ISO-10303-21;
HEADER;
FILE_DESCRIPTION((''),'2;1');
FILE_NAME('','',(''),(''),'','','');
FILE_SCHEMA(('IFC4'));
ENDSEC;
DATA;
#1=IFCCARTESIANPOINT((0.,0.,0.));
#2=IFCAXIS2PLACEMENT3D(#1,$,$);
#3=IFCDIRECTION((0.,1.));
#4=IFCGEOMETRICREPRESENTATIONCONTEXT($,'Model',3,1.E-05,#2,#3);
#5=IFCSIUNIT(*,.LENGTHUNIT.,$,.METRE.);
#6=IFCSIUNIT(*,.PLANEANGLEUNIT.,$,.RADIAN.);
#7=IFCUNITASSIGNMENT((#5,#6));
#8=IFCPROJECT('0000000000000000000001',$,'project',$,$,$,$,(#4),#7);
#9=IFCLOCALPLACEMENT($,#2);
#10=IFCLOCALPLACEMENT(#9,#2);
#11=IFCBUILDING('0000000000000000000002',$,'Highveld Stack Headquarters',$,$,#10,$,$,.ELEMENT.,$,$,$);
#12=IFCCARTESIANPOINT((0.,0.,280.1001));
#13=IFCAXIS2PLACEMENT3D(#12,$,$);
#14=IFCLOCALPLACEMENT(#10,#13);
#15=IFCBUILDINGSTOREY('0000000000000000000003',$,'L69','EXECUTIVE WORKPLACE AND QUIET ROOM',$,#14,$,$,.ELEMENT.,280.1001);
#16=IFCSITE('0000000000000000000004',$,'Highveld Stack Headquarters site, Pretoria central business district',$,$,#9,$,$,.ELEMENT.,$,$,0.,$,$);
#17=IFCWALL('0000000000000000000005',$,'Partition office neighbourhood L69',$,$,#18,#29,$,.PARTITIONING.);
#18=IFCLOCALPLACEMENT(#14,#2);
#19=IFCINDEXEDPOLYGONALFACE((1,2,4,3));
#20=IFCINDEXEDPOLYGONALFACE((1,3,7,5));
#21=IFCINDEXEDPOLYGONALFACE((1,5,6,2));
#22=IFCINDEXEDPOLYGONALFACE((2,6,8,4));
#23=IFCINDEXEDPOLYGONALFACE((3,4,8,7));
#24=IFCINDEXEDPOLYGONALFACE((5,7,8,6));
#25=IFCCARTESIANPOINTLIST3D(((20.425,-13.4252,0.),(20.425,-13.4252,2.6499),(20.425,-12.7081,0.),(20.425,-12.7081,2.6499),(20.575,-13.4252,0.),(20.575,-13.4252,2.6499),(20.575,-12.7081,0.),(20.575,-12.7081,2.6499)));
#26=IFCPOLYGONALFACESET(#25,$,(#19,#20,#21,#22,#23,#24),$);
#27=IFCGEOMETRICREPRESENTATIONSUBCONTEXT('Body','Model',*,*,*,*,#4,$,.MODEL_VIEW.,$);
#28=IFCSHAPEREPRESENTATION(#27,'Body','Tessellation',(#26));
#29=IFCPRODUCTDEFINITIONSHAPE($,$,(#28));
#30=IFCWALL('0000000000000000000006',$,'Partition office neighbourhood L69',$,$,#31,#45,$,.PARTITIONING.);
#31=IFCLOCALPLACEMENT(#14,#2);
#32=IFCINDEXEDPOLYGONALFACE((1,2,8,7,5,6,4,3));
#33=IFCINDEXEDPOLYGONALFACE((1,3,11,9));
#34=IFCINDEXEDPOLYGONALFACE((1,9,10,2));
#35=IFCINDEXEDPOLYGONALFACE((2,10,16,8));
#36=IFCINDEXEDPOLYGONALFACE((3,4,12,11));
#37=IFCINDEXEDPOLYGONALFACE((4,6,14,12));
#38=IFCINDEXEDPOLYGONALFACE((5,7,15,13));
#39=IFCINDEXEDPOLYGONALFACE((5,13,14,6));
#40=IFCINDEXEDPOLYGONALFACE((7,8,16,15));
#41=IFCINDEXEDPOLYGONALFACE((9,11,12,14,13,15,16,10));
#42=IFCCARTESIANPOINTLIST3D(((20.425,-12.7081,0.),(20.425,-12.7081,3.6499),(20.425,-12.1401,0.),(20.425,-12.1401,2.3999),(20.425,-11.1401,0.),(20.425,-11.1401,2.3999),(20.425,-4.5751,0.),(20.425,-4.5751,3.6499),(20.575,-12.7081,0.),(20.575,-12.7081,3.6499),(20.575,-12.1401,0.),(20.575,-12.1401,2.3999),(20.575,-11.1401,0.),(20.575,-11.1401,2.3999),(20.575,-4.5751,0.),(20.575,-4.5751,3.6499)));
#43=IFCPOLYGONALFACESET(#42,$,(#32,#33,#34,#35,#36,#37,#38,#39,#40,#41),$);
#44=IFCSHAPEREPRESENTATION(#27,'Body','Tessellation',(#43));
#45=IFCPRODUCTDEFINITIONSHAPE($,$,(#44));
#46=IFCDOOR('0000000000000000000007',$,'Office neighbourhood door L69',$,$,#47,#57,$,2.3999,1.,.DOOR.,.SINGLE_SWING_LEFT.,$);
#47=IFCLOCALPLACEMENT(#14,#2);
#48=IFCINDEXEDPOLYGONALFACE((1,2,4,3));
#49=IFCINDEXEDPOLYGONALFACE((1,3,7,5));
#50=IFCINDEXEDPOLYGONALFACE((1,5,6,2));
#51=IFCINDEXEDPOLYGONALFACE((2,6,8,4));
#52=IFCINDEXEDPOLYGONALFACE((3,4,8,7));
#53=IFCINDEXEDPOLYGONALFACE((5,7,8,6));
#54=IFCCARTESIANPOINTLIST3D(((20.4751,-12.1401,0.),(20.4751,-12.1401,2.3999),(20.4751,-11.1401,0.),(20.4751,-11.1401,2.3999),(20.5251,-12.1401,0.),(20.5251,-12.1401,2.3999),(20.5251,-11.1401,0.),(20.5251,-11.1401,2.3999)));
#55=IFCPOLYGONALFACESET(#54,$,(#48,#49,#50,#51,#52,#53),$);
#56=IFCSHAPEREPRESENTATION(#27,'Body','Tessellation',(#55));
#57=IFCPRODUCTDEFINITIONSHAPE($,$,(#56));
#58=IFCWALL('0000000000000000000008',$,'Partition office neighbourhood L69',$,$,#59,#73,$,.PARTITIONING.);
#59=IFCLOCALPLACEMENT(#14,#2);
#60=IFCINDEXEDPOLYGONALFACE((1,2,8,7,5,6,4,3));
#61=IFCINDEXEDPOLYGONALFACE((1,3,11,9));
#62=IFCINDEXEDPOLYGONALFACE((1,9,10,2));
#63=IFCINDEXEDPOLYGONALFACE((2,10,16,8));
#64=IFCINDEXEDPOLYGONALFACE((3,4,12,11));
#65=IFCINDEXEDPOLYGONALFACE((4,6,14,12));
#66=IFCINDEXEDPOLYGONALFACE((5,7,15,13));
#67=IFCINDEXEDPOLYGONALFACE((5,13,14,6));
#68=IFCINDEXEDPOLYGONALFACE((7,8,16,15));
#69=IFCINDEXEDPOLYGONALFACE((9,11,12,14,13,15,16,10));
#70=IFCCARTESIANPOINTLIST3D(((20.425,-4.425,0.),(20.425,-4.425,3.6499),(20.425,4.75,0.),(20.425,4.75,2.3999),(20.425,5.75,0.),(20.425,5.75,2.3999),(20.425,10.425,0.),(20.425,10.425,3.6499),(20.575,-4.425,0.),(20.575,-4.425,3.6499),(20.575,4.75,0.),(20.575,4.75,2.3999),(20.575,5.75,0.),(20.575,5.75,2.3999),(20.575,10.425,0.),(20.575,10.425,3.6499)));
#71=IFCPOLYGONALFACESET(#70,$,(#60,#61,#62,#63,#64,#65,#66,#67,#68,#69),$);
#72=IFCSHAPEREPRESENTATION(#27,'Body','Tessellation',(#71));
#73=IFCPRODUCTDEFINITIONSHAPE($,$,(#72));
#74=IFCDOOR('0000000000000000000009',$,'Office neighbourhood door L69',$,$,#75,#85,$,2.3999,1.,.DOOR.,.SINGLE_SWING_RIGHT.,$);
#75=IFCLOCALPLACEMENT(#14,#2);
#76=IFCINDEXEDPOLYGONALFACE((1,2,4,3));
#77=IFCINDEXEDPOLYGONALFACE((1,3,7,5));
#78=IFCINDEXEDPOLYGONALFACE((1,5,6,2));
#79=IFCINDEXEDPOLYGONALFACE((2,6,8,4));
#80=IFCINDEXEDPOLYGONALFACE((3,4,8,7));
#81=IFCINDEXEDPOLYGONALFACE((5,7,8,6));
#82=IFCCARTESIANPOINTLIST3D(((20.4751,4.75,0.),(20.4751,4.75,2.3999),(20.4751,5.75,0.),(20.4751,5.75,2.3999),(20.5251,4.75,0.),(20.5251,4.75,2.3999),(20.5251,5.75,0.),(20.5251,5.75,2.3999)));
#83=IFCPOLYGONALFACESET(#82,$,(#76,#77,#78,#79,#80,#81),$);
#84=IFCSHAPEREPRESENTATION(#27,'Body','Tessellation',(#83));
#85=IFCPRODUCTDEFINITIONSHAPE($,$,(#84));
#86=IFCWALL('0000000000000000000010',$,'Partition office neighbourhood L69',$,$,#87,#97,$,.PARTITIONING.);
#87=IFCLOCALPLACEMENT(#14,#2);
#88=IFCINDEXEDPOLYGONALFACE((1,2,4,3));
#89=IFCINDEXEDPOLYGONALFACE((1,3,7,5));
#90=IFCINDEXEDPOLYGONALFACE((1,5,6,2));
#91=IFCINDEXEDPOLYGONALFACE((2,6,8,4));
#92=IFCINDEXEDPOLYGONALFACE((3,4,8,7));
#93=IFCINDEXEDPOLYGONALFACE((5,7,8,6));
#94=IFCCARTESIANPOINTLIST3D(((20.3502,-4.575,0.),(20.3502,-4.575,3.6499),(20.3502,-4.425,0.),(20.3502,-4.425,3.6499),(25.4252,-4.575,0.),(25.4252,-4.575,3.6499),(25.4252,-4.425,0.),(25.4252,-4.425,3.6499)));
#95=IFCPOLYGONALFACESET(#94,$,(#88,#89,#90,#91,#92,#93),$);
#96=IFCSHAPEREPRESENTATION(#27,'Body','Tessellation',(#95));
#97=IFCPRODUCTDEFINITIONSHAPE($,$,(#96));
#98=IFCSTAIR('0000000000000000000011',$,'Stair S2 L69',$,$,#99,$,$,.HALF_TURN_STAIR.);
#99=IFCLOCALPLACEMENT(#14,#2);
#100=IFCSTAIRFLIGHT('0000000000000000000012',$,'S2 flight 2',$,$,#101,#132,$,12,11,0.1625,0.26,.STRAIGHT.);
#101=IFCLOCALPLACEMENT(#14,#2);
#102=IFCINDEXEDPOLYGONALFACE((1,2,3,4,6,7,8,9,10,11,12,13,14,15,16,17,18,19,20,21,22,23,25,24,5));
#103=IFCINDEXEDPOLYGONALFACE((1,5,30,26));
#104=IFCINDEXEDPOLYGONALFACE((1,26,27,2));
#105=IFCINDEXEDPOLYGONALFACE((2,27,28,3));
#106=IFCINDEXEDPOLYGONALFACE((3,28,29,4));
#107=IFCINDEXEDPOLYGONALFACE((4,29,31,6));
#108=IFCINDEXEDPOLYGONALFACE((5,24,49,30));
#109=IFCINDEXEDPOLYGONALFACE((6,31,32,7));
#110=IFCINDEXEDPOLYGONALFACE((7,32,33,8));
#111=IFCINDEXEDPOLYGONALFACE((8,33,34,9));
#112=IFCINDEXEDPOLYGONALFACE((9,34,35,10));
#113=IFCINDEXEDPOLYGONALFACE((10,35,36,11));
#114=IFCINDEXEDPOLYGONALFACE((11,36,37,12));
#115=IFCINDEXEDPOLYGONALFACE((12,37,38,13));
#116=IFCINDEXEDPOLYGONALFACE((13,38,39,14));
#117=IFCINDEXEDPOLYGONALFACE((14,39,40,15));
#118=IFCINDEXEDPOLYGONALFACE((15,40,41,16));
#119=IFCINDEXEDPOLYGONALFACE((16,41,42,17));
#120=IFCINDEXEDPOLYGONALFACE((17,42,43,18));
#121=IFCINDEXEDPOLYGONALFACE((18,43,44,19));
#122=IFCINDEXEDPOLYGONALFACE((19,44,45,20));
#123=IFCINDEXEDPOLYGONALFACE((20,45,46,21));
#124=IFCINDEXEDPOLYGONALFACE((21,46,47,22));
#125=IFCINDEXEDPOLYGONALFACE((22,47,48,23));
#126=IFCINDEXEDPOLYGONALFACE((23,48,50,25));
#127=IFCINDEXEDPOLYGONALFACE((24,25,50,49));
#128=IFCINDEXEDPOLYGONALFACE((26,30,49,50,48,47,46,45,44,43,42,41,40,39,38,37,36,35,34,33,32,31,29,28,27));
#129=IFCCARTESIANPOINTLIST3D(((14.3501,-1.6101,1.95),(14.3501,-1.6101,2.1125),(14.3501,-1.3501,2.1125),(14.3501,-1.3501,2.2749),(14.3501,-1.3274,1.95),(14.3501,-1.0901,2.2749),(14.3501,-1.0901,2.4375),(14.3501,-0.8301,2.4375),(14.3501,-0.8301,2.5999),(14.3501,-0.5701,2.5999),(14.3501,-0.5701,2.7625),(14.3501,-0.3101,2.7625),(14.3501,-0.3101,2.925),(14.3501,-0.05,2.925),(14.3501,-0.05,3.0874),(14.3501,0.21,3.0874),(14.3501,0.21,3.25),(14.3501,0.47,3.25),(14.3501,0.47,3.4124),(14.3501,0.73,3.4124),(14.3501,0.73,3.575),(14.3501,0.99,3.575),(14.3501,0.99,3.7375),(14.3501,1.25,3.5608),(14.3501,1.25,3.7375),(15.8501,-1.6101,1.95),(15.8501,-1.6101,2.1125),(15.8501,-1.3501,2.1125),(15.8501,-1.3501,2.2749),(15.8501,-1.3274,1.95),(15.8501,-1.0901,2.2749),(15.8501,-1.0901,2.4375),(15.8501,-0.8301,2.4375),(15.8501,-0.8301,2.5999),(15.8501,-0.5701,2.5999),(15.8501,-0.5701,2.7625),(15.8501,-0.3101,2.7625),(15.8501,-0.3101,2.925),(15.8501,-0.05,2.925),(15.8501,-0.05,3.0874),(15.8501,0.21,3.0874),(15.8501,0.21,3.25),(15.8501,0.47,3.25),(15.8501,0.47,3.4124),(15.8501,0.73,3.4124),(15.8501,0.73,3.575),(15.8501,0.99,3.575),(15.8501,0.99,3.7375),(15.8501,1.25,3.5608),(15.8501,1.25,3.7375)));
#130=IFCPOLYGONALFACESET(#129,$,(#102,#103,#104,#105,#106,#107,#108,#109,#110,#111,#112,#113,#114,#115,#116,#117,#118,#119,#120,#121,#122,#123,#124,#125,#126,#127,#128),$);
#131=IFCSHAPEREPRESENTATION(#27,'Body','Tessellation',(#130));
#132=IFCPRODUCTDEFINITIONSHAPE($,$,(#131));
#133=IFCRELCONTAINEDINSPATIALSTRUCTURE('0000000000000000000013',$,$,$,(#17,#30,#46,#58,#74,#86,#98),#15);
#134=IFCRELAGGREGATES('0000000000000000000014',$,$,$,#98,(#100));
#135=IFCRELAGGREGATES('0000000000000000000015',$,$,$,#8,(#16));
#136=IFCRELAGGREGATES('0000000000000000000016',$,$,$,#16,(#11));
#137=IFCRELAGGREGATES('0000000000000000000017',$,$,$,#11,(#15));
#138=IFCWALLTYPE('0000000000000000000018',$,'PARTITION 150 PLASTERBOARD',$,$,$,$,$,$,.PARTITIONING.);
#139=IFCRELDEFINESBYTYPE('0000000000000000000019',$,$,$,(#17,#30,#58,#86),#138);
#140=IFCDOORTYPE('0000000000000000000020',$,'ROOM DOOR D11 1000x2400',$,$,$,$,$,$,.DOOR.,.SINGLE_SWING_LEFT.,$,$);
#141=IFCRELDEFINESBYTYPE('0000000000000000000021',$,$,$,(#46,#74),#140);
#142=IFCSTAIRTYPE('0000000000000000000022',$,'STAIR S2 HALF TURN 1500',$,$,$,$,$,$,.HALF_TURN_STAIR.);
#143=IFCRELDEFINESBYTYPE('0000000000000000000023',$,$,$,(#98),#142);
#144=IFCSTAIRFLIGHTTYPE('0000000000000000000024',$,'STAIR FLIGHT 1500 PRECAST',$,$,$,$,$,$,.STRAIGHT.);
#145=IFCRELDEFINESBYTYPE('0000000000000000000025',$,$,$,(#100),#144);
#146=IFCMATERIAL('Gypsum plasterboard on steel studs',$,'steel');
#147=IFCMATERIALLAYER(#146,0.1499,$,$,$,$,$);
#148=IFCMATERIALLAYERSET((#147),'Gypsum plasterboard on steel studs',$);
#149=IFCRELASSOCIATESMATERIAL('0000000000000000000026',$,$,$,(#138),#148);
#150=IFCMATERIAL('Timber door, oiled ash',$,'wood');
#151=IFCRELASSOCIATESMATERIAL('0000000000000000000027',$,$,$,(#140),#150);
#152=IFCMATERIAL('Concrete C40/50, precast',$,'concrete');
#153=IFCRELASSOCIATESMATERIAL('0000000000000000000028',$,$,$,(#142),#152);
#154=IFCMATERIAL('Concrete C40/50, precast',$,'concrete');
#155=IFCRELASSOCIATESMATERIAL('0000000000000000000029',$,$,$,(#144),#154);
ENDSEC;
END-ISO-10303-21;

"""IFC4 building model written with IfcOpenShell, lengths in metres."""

from ifc_helpers import new_model, si_unit, direction, frame, frame_2d, origin, place, context, subcontext, project, spatial, polyline, rectangle, outline, extrude, material, layer, layer_set, type_object, element, fill, aggregate, save


model = new_model("IFC4")

# Units and contexts
model_context = context("Model", 3, precision=1e-05, world=origin(), true_north=direction((0.0, 1.0)))
body_context = subcontext(model_context, "Body", "Model", "MODEL_VIEW")
ifc_project = project(units=[si_unit("LENGTHUNIT", "METRE"), si_unit("PLANEANGLEUNIT", "RADIAN")], contexts=[model_context])

# Site, building, storey
site_placement = place(None, origin())
site = spatial("IfcSite", under=ifc_project, at=site_placement, Name="Highveld Stack Headquarters site, Pretoria central business district", CompositionType="ELEMENT", RefElevation=0.0)
building_placement = place(site_placement, origin())
building = spatial("IfcBuilding", under=site, at=building_placement, Name="Highveld Stack Headquarters", CompositionType="ELEMENT")
storey_placement = place(building_placement, frame((0.0, 0.0, 280.1001)))
storey = spatial("IfcBuildingStorey", under=building, at=storey_placement, Name="L69", Description="EXECUTIVE WORKPLACE AND QUIET ROOM", CompositionType="ELEMENT", Elevation=280.1001)

# Shared definitions
ifc_material_1 = material(Name="Gypsum plasterboard on steel studs", Category="steel")
ifc_layer_1 = layer(ifc_material_1, 0.1499)
ifc_layer_set_1 = layer_set([ifc_layer_1], Name="Gypsum plasterboard on steel studs")
wall_type_1 = type_object("IfcWallType", Name="PARTITION 150 PLASTERBOARD", PredefinedType="PARTITIONING", material=ifc_layer_set_1)
ifc_material_2 = material(Name="Timber door, oiled ash", Category="wood")
door_type_1 = type_object("IfcDoorType", Name="ROOM DOOR D11 1000x2400", OperationType="SINGLE_SWING_LEFT", PredefinedType="DOOR", material=ifc_material_2)

# Wall
wall_1_placement = place(storey_placement, frame((20.5, -13.425, 0.0), z_axis=(0.0, 0.0, 1.0), x_axis=(0.0, 1.0, 0.0)))
element("IfcWall", 1, at=wall_1_placement, inside=storey, type_object=wall_type_1, Name="Partition office neighbourhood L69", PredefinedType="PARTITIONING", context=body_context, shape_type="SweptSolid", body=[
    extrude(rectangle(XDim=0.717, YDim=0.1499, at=frame_2d((0.3584, 0.0))), origin(), (0.0, 0.0, 1.0), 2.6499),
])

# Walls, openings, doors
wall_2_placement = place(storey_placement, frame((20.5, -12.708, 0.0), z_axis=(0.0, 0.0, 1.0), x_axis=(0.0, 1.0, 0.0)))
wall_2 = element("IfcWall", 2, at=wall_2_placement, inside=storey, type_object=wall_type_1, Name="Partition office neighbourhood L69", PredefinedType="PARTITIONING", context=body_context, shape_type="SweptSolid", body=[
    extrude(rectangle(XDim=8.1331, YDim=0.1499, at=frame_2d((4.0664, 0.0))), origin(), (0.0, 0.0, 1.0), 3.6499),
])
opening_1_placement = place(wall_2_placement, frame((0.5679, 0.0, 0.0)))
opening_1 = element("IfcOpeningElement", 3, at=opening_1_placement, cuts=wall_2, PredefinedType="OPENING", context=body_context, shape_type="SweptSolid", body=[
    extrude(rectangle(XDim=1.0, YDim=2.3999, at=frame_2d((0.5, 1.2))), frame((0.0, 0.085, 0.0), z_axis=(0.0, -1.0, 0.0), x_axis=(1.0, 0.0, 0.0)), (0.0, 0.0, 1.0), 0.1699),
])
door_1_placement = place(opening_1_placement, origin())
door_1 = element("IfcDoor", 4, at=door_1_placement, inside=storey, type_object=door_type_1, Name="Office neighbourhood door L69", OperationType="SINGLE_SWING_LEFT", OverallHeight=2.3999, OverallWidth=1.0, PredefinedType="DOOR", context=body_context, shape_type="SweptSolid", body=[
    extrude(rectangle(XDim=1.0, YDim=2.3999, at=frame_2d((0.5, 1.2))), frame((0.0, 0.0249, 0.0), z_axis=(0.0, -1.0, 0.0), x_axis=(1.0, 0.0, 0.0)), (0.0, 0.0, 1.0), 0.05),
])
fill(opening_1, door_1)
wall_3_placement = place(storey_placement, frame((20.5, -4.425, 0.0), z_axis=(0.0, 0.0, 1.0), x_axis=(0.0, 1.0, 0.0)))
wall_3 = element("IfcWall", 5, at=wall_3_placement, inside=storey, type_object=wall_type_1, Name="Partition office neighbourhood L69", PredefinedType="PARTITIONING", context=body_context, shape_type="SweptSolid", body=[
    extrude(rectangle(XDim=14.8501, YDim=0.1499, at=frame_2d((7.425, 0.0))), origin(), (0.0, 0.0, 1.0), 3.6499),
])
opening_2_placement = place(wall_3_placement, frame((9.175, 0.0, 0.0)))
opening_2 = element("IfcOpeningElement", 6, at=opening_2_placement, cuts=wall_3, PredefinedType="OPENING", context=body_context, shape_type="SweptSolid", body=[
    extrude(rectangle(XDim=1.0, YDim=2.3999, at=frame_2d((0.5, 1.2))), frame((0.0, 0.085, 0.0), z_axis=(0.0, -1.0, 0.0), x_axis=(1.0, 0.0, 0.0)), (0.0, 0.0, 1.0), 0.1699),
])
door_2_placement = place(opening_2_placement, origin())
door_2 = element("IfcDoor", 7, at=door_2_placement, inside=storey, type_object=door_type_1, Name="Office neighbourhood door L69", OperationType="SINGLE_SWING_RIGHT", OverallHeight=2.3999, OverallWidth=1.0, PredefinedType="DOOR", context=body_context, shape_type="SweptSolid", body=[
    extrude(rectangle(XDim=1.0, YDim=2.3999, at=frame_2d((0.5, 1.2))), frame((0.0, 0.0249, 0.0), z_axis=(0.0, -1.0, 0.0), x_axis=(1.0, 0.0, 0.0)), (0.0, 0.0, 1.0), 0.05),
])
fill(opening_2, door_2)

# Wall
wall_4_placement = place(storey_placement, frame((20.3501, -4.5, 0.0), z_axis=(0.0, 0.0, 1.0), x_axis=(1.0, 0.0, 0.0)))
element("IfcWall", 8, at=wall_4_placement, inside=storey, type_object=wall_type_1, Name="Partition office neighbourhood L69", PredefinedType="PARTITIONING", context=body_context, shape_type="SweptSolid", body=[
    extrude(rectangle(XDim=5.075, YDim=0.1499, at=frame_2d((2.5376, 0.0))), origin(), (0.0, 0.0, 1.0), 3.6499),
])

# Stair, stair flight
ifc_material_3 = material(Name="Concrete C40/50, precast", Category="concrete")
stair_type = type_object("IfcStairType", Name="STAIR S2 HALF TURN 1500", PredefinedType="HALF_TURN_STAIR", material=ifc_material_3)
stair_placement = place(storey_placement, origin())
stair = element("IfcStair", 9, at=stair_placement, inside=storey, type_object=stair_type, Name="Stair S2 L69", PredefinedType="HALF_TURN_STAIR")
ifc_material_4 = material(Name="Concrete C40/50, precast", Category="concrete")
stair_flight_type = type_object("IfcStairFlightType", Name="STAIR FLIGHT 1500 PRECAST", PredefinedType="STRAIGHT", material=ifc_material_4)
stair_flight_placement = place(storey_placement, frame((15.1001, -1.6101, 1.95), z_axis=(0.0, 0.0, 1.0), x_axis=(0.0, 1.0, 0.0)))
stair_flight = element("IfcStairFlight", 10, at=stair_flight_placement, type_object=stair_flight_type, Name="S2 flight 2", NumberOfRisers=12, NumberOfTreads=11, PredefinedType="STRAIGHT", RiserHeight=0.1625, TreadLength=0.26, context=body_context, shape_type="SweptSolid", body=[
    extrude(outline(polyline([(0.0, 0.0), (0.0, 0.1626), (0.26, 0.1626), (0.26, 0.325), (0.52, 0.325), (0.52, 0.4875), (0.78, 0.4875), (0.78, 0.6499), (1.04, 0.6499), (1.04, 0.8125), (1.3, 0.8125), (1.3, 0.9751), (1.5601, 0.9751), (1.5601, 1.1375), (1.8201, 1.1375), (1.8201, 1.3), (2.0801, 1.3), (2.0801, 1.4624), (2.3401, 1.4624), (2.3401, 1.625), (2.6001, 1.625), (2.6001, 1.7876), (2.8601, 1.7876), (2.8601, 1.95), (2.8601, 1.6108), (0.2827, 0.0), (0.0, 0.0)])), frame((0.0, 0.75, 0.0), z_axis=(0.0, -1.0, 0.0), x_axis=(1.0, 0.0, 0.0)), (0.0, 0.0, 1.0), 1.5),
])
aggregate(stair, [stair_flight])

save(model, "model.ifc")
